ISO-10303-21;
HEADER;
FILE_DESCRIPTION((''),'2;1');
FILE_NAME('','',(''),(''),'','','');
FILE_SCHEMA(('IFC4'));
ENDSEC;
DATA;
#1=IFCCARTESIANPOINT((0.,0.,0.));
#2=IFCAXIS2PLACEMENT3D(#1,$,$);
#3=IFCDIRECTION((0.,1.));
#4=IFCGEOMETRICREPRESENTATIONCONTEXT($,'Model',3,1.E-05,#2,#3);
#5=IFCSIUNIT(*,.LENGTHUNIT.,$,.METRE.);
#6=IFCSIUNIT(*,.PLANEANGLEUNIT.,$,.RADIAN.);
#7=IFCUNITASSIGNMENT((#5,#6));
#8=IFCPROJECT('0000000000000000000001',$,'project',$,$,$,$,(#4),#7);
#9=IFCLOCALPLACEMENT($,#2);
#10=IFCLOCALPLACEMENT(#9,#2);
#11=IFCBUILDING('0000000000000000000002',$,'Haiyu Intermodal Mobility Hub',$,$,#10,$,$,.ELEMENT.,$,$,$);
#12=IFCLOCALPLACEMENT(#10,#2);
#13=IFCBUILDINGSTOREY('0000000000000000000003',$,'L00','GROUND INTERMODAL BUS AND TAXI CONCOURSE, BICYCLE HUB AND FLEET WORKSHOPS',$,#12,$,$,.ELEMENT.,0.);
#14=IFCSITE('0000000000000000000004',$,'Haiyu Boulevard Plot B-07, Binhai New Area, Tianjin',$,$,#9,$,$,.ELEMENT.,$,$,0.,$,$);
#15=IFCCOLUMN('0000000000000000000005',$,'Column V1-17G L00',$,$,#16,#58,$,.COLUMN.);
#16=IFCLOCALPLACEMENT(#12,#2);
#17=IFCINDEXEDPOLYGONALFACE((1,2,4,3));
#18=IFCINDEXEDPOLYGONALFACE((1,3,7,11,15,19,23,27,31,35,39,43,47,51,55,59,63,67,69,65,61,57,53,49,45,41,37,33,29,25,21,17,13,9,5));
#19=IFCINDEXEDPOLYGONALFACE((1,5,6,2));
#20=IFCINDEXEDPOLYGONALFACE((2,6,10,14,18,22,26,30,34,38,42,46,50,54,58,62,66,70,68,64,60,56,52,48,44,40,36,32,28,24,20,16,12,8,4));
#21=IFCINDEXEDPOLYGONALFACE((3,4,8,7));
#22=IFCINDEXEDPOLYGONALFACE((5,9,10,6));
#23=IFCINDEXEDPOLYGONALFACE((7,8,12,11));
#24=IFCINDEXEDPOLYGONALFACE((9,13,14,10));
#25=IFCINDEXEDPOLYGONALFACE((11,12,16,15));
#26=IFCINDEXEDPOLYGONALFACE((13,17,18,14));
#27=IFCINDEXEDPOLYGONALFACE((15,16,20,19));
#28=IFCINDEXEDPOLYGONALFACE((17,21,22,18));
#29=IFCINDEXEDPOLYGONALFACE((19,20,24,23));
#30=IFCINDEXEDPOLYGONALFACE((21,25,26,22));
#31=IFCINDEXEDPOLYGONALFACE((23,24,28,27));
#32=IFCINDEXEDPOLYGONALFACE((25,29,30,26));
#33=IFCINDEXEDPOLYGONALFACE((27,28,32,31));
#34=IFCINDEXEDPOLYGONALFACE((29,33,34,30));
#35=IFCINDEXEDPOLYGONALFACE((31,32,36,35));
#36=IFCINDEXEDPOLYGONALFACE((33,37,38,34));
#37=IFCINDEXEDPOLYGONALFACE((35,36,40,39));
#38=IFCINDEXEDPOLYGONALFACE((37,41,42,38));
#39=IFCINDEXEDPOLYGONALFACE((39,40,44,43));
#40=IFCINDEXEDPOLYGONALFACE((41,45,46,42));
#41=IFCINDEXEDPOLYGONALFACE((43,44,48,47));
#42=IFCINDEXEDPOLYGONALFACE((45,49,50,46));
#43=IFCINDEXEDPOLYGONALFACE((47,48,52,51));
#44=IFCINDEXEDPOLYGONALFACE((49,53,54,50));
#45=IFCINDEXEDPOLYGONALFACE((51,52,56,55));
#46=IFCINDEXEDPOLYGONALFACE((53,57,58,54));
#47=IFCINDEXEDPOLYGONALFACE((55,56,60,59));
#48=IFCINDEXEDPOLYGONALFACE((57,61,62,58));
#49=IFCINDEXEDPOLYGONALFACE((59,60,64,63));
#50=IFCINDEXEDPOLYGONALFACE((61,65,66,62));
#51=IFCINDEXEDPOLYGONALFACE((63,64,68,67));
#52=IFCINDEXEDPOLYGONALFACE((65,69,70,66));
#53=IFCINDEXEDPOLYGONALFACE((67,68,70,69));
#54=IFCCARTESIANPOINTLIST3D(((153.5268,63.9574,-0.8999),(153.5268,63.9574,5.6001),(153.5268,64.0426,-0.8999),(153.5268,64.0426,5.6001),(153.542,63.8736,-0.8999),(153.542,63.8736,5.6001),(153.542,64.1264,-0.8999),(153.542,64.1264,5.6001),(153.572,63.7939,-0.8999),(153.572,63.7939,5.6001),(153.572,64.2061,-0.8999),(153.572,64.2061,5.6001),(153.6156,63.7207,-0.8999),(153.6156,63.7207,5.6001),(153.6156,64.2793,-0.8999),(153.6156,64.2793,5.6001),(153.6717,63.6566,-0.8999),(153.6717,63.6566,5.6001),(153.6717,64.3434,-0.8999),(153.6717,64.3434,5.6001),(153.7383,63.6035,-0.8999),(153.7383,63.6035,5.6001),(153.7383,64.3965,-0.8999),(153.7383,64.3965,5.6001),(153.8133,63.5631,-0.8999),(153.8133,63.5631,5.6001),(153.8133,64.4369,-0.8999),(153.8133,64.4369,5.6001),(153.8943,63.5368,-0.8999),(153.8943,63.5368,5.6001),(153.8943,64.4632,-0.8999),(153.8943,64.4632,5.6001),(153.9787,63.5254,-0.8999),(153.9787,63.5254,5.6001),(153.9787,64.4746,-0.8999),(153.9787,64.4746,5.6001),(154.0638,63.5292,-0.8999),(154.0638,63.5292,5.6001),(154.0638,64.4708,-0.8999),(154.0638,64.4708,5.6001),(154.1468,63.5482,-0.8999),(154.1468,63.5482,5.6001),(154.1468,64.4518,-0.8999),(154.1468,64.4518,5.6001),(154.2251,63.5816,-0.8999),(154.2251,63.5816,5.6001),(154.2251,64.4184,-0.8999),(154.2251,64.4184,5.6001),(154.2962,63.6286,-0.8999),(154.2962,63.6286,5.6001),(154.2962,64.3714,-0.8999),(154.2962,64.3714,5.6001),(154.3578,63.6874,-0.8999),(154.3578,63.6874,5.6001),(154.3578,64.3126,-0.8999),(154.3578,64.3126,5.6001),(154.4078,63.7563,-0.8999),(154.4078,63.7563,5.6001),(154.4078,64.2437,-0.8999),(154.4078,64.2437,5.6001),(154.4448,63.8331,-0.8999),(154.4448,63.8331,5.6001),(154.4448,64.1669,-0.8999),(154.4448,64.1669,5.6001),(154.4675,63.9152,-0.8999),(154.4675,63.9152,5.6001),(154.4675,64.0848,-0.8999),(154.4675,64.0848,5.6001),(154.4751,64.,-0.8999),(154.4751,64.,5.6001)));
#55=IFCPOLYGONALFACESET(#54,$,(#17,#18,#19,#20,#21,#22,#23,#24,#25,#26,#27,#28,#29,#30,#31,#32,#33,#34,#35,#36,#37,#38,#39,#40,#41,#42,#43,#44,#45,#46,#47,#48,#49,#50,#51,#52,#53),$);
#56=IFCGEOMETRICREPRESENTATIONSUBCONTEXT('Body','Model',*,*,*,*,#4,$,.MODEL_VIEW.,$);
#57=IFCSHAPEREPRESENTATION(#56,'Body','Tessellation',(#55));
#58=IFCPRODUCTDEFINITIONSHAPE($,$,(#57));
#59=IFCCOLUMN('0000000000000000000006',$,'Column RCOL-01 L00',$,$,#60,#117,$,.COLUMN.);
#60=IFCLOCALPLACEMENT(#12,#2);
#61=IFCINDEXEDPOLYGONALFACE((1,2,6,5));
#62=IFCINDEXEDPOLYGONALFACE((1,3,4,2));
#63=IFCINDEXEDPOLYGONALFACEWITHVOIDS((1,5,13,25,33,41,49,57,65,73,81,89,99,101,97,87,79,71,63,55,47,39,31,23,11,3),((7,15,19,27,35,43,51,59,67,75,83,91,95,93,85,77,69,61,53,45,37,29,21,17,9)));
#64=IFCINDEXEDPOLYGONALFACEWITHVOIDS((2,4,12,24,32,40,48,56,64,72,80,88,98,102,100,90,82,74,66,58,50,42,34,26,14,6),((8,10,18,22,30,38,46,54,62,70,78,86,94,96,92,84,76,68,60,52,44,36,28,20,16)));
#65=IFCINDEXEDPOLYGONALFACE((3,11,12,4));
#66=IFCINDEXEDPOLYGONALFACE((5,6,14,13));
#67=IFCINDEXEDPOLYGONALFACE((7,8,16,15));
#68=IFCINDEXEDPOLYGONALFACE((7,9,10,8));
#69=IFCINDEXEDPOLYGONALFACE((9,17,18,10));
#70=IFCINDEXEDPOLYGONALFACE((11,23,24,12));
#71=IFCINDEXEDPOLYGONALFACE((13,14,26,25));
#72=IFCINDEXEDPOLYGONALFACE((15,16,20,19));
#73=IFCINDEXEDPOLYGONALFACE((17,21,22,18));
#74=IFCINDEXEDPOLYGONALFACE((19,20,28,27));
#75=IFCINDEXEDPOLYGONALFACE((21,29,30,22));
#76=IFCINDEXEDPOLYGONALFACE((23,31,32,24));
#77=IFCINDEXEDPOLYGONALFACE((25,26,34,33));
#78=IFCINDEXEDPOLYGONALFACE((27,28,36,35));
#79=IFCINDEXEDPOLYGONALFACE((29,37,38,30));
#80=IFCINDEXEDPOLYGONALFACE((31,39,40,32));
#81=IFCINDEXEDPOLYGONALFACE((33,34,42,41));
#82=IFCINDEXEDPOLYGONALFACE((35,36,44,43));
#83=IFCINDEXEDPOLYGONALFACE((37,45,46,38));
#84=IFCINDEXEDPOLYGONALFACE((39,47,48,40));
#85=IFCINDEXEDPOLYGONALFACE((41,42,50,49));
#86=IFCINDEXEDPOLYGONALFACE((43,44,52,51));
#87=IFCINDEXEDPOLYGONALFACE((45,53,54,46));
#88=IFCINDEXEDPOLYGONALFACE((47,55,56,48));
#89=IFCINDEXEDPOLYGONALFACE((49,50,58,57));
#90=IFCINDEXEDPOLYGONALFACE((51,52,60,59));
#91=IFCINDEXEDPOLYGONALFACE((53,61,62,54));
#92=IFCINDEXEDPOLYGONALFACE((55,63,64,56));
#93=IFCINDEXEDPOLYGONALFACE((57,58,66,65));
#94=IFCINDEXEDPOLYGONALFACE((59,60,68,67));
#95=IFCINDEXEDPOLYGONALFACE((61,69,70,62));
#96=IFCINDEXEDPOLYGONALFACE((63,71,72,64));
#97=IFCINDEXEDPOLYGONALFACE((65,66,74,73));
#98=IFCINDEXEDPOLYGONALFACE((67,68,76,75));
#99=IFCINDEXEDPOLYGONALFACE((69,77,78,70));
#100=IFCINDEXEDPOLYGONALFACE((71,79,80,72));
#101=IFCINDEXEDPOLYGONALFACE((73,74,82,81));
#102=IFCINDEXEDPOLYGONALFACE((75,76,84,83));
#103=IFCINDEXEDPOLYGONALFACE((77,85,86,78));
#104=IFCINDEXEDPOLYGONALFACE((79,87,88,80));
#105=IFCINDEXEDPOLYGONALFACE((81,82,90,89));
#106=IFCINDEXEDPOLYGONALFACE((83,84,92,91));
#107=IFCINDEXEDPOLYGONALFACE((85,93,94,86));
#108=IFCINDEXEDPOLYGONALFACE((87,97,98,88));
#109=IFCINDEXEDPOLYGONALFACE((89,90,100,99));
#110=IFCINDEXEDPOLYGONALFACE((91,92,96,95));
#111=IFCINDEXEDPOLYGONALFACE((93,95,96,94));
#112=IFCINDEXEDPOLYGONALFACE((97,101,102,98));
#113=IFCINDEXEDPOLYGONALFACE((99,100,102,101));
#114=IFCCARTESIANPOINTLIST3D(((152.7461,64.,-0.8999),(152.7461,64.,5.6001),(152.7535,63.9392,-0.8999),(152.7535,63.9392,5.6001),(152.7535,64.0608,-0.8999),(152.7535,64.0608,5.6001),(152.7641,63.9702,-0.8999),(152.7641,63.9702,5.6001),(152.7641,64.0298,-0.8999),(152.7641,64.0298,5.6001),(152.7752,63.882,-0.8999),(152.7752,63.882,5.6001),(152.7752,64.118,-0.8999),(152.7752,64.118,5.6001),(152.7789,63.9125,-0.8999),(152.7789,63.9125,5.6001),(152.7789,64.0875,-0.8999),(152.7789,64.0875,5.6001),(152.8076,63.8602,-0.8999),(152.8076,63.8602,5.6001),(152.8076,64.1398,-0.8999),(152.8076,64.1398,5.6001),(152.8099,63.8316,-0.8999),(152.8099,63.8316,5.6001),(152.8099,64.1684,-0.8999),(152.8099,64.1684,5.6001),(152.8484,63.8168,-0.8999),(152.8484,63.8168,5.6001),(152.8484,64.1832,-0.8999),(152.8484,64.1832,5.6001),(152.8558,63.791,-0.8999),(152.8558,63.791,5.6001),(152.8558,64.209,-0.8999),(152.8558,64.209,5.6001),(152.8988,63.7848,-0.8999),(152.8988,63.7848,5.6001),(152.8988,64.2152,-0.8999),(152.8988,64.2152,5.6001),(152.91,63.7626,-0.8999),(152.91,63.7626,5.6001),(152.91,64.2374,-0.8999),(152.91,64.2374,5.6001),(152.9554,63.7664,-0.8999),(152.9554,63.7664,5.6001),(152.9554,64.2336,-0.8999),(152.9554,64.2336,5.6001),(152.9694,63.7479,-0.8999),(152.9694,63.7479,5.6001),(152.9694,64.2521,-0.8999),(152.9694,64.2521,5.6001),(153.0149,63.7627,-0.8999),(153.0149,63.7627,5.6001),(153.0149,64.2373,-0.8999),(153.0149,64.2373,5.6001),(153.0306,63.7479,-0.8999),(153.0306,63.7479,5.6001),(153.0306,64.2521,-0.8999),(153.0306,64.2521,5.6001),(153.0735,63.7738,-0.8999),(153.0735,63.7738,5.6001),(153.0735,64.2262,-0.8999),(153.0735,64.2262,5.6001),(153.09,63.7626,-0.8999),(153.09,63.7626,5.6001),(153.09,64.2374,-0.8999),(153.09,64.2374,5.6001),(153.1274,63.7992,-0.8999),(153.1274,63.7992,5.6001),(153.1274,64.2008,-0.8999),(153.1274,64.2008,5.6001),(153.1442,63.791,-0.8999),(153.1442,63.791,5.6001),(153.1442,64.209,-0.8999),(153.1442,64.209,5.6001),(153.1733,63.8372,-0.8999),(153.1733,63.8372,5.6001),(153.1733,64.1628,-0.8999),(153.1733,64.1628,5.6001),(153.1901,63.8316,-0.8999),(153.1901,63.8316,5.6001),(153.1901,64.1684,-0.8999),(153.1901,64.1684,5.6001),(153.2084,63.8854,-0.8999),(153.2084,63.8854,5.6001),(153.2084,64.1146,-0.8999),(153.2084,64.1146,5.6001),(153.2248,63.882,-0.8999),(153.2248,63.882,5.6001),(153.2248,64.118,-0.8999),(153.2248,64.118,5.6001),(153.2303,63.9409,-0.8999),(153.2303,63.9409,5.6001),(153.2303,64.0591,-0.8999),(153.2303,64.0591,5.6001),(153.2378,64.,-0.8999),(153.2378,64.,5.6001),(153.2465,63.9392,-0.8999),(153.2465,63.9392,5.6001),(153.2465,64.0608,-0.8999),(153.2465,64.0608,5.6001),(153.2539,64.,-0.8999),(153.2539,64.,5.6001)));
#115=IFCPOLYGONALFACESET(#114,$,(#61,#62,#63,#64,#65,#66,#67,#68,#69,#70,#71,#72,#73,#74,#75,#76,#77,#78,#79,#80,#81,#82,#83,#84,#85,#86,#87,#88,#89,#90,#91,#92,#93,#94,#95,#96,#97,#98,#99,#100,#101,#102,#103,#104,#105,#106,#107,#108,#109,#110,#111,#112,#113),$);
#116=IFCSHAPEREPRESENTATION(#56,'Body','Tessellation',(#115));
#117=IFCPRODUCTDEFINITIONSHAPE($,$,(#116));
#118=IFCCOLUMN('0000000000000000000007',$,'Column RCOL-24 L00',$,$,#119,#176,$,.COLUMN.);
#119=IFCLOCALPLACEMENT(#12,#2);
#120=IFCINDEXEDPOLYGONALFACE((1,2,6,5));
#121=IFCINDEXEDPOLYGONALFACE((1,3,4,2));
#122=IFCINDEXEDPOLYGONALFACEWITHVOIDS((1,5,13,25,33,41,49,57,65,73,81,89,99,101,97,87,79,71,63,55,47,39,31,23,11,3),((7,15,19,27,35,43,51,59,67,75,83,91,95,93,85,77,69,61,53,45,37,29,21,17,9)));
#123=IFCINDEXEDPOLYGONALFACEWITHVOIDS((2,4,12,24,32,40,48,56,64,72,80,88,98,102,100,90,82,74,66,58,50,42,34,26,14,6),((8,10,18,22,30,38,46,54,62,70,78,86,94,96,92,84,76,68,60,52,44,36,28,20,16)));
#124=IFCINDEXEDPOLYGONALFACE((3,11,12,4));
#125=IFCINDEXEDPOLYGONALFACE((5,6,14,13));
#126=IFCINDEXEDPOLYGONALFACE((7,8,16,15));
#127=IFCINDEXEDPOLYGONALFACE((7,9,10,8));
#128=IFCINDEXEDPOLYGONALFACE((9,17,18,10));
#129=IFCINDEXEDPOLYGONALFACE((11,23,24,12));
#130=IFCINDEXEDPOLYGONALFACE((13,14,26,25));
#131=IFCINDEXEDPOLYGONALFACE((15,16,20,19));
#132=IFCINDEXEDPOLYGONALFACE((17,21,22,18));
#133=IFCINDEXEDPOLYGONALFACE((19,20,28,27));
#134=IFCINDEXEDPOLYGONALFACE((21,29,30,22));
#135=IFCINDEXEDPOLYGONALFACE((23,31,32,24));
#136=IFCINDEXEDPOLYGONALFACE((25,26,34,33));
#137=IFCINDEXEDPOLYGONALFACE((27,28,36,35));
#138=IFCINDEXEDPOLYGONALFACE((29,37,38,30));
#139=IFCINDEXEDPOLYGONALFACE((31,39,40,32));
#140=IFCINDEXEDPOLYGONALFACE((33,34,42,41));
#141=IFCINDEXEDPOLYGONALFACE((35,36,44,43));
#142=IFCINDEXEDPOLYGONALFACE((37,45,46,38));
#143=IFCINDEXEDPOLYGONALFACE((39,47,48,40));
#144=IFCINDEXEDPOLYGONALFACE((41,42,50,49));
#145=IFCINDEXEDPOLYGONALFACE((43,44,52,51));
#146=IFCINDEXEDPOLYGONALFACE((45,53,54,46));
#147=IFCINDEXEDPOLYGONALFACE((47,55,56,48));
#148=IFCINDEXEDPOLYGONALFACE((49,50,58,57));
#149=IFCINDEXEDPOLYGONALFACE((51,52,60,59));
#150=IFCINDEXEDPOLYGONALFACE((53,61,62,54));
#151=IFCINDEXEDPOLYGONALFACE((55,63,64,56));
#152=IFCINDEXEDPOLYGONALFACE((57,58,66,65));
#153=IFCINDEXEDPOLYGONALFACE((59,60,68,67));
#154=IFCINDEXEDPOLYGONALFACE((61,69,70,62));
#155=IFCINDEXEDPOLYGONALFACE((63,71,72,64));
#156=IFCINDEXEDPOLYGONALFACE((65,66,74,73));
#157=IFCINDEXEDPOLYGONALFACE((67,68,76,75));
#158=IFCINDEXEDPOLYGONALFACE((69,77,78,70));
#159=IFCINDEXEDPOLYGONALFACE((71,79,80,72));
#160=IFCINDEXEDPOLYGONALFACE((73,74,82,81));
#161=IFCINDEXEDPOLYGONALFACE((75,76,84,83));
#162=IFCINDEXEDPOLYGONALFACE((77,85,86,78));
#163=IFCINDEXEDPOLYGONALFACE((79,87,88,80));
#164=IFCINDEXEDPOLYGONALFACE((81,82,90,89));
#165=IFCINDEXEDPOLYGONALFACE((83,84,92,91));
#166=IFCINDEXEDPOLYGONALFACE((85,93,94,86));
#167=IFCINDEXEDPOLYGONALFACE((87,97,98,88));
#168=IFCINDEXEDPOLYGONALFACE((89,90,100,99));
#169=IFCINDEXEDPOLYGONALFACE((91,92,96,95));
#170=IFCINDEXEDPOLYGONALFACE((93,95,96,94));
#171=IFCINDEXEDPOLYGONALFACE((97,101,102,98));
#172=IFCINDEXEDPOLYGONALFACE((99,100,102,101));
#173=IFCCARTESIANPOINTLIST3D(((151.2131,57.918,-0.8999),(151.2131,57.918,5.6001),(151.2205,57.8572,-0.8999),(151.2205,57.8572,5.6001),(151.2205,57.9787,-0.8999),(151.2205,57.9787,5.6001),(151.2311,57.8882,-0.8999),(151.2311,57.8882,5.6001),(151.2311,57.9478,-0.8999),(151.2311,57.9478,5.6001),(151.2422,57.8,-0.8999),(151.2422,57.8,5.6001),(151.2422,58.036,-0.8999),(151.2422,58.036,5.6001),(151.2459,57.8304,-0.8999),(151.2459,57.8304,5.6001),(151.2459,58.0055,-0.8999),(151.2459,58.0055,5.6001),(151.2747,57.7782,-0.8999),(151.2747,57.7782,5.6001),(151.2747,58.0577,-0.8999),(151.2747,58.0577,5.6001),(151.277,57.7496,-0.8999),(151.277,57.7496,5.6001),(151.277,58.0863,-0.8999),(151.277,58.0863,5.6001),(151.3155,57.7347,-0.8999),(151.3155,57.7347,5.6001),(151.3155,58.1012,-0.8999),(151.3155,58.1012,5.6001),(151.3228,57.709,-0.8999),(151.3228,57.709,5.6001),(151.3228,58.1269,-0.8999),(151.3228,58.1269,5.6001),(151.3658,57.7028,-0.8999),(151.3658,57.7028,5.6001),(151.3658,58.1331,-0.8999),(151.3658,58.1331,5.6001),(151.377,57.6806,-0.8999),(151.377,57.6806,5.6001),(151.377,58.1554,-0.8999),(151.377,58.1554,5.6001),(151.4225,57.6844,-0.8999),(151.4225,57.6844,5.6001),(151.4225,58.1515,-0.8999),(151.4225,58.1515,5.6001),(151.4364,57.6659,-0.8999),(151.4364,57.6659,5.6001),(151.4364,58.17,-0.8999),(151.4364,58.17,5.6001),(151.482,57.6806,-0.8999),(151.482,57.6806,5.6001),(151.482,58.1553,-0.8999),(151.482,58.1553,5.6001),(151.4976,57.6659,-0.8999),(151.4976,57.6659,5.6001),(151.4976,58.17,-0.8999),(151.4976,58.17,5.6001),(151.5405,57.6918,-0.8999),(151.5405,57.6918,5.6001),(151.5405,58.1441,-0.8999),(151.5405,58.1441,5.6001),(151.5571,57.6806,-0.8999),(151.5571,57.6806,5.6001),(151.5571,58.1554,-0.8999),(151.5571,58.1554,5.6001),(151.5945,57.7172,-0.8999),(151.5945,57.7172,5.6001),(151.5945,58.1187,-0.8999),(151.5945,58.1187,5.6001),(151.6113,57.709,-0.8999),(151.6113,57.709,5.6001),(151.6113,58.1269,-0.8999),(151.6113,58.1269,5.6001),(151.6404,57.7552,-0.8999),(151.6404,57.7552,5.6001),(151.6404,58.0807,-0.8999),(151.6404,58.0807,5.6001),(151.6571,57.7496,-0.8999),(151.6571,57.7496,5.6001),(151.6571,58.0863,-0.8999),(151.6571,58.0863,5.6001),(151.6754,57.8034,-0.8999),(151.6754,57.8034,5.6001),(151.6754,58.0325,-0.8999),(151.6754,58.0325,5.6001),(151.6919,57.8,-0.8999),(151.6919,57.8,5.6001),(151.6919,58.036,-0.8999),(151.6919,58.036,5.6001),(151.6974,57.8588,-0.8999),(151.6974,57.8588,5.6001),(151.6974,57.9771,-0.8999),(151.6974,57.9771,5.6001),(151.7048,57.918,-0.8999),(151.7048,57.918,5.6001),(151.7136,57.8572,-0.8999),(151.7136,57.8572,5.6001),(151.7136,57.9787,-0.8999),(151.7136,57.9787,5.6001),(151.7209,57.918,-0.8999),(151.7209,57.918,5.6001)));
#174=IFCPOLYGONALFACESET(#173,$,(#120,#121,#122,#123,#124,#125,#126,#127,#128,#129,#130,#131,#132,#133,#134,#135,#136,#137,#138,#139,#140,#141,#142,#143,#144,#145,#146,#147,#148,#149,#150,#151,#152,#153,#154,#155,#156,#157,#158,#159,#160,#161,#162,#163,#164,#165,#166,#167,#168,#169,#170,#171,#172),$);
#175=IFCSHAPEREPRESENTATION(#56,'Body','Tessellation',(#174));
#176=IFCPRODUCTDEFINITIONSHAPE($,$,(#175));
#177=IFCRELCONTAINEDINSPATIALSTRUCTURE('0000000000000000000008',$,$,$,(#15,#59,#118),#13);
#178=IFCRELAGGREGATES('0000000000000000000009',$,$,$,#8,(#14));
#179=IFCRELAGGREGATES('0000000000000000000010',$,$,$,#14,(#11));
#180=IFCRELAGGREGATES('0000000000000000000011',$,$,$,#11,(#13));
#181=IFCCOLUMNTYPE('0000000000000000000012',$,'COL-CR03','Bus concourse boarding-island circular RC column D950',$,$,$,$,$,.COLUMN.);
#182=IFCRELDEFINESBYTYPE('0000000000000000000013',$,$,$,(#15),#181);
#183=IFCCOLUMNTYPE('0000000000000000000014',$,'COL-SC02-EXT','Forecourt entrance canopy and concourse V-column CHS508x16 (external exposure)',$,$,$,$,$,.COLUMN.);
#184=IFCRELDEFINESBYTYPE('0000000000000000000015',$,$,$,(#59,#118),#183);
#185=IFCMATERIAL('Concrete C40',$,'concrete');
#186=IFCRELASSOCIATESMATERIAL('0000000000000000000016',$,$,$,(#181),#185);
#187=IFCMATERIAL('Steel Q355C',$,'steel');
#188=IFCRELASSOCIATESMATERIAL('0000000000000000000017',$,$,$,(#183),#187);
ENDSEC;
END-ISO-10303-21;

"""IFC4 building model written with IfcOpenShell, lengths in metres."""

from ifc_helpers import new_model, si_unit, direction, frame, origin, origin_2d, place, context, subcontext, project, spatial, circle, hollow_circle, extrude, material, material_profile, profile_set, type_object, element, save


model = new_model("IFC4")

# Units and contexts
model_context = context("Model", 3, precision=1e-05, world=origin(), true_north=direction((0.0, 1.0)))
body_context = subcontext(model_context, "Body", "Model", "MODEL_VIEW")
ifc_project = project(units=[si_unit("LENGTHUNIT", "METRE"), si_unit("PLANEANGLEUNIT", "RADIAN")], contexts=[model_context])

# Site, building, storey
site_placement = place(None, origin())
site = spatial("IfcSite", under=ifc_project, at=site_placement, Name="Haiyu Boulevard Plot B-07, Binhai New Area, Tianjin", CompositionType="ELEMENT", RefElevation=0.0)
building_placement = place(site_placement, origin())
building = spatial("IfcBuilding", under=site, at=building_placement, Name="Haiyu Intermodal Mobility Hub", CompositionType="ELEMENT")
storey_placement = place(building_placement, origin())
storey = spatial("IfcBuildingStorey", under=building, at=storey_placement, Name="L00", Description="GROUND INTERMODAL BUS AND TAXI CONCOURSE, BICYCLE HUB AND FLEET WORKSHOPS", CompositionType="ELEMENT", Elevation=0.0)

# Shared definitions
ifc_material_1 = material(Name="Concrete C40", Category="concrete")

# Columns
ifc_material_profile_1 = material_profile(ifc_material_1, circle(Radius=0.4751, at=origin_2d()), Name="RCCOL-D950")
ifc_profile_set_1 = profile_set([ifc_material_profile_1], Name="Concrete C40")
column_type_1 = type_object("IfcColumnType", Name="COL-CR03", Description="Bus concourse boarding-island circular RC column D950", PredefinedType="COLUMN", material=ifc_profile_set_1)
column_1_placement = place(storey_placement, frame((154.0, 64.0, -0.8999), z_axis=(0.0, 0.0, 1.0), x_axis=(1.0, 0.0, 0.0)))
element("IfcColumn", 1, at=column_1_placement, inside=storey, type_object=column_type_1, Name="Column V1-17G L00", PredefinedType="COLUMN", context=body_context, shape_type="SweptSolid", body=[
    extrude(circle(Radius=0.4751, at=origin_2d()), origin(), (0.0, 0.0, 1.0), 6.5),
])
ifc_material_2 = material(Name="Steel Q355C", Category="steel")
ifc_material_profile_2 = material_profile(ifc_material_2, hollow_circle(Radius=0.2539, WallThickness=0.0161, at=origin_2d()), Name="CHS508x16")
ifc_profile_set_2 = profile_set([ifc_material_profile_2], Name="Steel Q355C")
column_type_2 = type_object("IfcColumnType", Name="COL-SC02-EXT", Description="Forecourt entrance canopy and concourse V-column CHS508x16 (external exposure)", PredefinedType="COLUMN", material=ifc_profile_set_2)
for number, where, z_axis, x_axis, name in (
    (2, (153.0, 64.0, -0.8999), (0.0, 0.0, 1.0), (1.0, 0.0, 0.0), "Column RCOL-01 L00"),
    (3, (151.467, 57.918, -0.8999), (0.0, 0.0, 1.0), (1.0, 0.0, 0.0), "Column RCOL-24 L00"),
):
    element("IfcColumn", number, at=place(storey_placement, frame(where, z_axis=z_axis, x_axis=x_axis)), inside=storey, type_object=column_type_2, Name=name, PredefinedType="COLUMN", context=body_context, shape_type="SweptSolid", body=[
        extrude(hollow_circle(Radius=0.2539, WallThickness=0.0161, at=origin_2d()), origin(), (0.0, 0.0, 1.0), 6.5),
    ])

save(model, "model.ifc")
